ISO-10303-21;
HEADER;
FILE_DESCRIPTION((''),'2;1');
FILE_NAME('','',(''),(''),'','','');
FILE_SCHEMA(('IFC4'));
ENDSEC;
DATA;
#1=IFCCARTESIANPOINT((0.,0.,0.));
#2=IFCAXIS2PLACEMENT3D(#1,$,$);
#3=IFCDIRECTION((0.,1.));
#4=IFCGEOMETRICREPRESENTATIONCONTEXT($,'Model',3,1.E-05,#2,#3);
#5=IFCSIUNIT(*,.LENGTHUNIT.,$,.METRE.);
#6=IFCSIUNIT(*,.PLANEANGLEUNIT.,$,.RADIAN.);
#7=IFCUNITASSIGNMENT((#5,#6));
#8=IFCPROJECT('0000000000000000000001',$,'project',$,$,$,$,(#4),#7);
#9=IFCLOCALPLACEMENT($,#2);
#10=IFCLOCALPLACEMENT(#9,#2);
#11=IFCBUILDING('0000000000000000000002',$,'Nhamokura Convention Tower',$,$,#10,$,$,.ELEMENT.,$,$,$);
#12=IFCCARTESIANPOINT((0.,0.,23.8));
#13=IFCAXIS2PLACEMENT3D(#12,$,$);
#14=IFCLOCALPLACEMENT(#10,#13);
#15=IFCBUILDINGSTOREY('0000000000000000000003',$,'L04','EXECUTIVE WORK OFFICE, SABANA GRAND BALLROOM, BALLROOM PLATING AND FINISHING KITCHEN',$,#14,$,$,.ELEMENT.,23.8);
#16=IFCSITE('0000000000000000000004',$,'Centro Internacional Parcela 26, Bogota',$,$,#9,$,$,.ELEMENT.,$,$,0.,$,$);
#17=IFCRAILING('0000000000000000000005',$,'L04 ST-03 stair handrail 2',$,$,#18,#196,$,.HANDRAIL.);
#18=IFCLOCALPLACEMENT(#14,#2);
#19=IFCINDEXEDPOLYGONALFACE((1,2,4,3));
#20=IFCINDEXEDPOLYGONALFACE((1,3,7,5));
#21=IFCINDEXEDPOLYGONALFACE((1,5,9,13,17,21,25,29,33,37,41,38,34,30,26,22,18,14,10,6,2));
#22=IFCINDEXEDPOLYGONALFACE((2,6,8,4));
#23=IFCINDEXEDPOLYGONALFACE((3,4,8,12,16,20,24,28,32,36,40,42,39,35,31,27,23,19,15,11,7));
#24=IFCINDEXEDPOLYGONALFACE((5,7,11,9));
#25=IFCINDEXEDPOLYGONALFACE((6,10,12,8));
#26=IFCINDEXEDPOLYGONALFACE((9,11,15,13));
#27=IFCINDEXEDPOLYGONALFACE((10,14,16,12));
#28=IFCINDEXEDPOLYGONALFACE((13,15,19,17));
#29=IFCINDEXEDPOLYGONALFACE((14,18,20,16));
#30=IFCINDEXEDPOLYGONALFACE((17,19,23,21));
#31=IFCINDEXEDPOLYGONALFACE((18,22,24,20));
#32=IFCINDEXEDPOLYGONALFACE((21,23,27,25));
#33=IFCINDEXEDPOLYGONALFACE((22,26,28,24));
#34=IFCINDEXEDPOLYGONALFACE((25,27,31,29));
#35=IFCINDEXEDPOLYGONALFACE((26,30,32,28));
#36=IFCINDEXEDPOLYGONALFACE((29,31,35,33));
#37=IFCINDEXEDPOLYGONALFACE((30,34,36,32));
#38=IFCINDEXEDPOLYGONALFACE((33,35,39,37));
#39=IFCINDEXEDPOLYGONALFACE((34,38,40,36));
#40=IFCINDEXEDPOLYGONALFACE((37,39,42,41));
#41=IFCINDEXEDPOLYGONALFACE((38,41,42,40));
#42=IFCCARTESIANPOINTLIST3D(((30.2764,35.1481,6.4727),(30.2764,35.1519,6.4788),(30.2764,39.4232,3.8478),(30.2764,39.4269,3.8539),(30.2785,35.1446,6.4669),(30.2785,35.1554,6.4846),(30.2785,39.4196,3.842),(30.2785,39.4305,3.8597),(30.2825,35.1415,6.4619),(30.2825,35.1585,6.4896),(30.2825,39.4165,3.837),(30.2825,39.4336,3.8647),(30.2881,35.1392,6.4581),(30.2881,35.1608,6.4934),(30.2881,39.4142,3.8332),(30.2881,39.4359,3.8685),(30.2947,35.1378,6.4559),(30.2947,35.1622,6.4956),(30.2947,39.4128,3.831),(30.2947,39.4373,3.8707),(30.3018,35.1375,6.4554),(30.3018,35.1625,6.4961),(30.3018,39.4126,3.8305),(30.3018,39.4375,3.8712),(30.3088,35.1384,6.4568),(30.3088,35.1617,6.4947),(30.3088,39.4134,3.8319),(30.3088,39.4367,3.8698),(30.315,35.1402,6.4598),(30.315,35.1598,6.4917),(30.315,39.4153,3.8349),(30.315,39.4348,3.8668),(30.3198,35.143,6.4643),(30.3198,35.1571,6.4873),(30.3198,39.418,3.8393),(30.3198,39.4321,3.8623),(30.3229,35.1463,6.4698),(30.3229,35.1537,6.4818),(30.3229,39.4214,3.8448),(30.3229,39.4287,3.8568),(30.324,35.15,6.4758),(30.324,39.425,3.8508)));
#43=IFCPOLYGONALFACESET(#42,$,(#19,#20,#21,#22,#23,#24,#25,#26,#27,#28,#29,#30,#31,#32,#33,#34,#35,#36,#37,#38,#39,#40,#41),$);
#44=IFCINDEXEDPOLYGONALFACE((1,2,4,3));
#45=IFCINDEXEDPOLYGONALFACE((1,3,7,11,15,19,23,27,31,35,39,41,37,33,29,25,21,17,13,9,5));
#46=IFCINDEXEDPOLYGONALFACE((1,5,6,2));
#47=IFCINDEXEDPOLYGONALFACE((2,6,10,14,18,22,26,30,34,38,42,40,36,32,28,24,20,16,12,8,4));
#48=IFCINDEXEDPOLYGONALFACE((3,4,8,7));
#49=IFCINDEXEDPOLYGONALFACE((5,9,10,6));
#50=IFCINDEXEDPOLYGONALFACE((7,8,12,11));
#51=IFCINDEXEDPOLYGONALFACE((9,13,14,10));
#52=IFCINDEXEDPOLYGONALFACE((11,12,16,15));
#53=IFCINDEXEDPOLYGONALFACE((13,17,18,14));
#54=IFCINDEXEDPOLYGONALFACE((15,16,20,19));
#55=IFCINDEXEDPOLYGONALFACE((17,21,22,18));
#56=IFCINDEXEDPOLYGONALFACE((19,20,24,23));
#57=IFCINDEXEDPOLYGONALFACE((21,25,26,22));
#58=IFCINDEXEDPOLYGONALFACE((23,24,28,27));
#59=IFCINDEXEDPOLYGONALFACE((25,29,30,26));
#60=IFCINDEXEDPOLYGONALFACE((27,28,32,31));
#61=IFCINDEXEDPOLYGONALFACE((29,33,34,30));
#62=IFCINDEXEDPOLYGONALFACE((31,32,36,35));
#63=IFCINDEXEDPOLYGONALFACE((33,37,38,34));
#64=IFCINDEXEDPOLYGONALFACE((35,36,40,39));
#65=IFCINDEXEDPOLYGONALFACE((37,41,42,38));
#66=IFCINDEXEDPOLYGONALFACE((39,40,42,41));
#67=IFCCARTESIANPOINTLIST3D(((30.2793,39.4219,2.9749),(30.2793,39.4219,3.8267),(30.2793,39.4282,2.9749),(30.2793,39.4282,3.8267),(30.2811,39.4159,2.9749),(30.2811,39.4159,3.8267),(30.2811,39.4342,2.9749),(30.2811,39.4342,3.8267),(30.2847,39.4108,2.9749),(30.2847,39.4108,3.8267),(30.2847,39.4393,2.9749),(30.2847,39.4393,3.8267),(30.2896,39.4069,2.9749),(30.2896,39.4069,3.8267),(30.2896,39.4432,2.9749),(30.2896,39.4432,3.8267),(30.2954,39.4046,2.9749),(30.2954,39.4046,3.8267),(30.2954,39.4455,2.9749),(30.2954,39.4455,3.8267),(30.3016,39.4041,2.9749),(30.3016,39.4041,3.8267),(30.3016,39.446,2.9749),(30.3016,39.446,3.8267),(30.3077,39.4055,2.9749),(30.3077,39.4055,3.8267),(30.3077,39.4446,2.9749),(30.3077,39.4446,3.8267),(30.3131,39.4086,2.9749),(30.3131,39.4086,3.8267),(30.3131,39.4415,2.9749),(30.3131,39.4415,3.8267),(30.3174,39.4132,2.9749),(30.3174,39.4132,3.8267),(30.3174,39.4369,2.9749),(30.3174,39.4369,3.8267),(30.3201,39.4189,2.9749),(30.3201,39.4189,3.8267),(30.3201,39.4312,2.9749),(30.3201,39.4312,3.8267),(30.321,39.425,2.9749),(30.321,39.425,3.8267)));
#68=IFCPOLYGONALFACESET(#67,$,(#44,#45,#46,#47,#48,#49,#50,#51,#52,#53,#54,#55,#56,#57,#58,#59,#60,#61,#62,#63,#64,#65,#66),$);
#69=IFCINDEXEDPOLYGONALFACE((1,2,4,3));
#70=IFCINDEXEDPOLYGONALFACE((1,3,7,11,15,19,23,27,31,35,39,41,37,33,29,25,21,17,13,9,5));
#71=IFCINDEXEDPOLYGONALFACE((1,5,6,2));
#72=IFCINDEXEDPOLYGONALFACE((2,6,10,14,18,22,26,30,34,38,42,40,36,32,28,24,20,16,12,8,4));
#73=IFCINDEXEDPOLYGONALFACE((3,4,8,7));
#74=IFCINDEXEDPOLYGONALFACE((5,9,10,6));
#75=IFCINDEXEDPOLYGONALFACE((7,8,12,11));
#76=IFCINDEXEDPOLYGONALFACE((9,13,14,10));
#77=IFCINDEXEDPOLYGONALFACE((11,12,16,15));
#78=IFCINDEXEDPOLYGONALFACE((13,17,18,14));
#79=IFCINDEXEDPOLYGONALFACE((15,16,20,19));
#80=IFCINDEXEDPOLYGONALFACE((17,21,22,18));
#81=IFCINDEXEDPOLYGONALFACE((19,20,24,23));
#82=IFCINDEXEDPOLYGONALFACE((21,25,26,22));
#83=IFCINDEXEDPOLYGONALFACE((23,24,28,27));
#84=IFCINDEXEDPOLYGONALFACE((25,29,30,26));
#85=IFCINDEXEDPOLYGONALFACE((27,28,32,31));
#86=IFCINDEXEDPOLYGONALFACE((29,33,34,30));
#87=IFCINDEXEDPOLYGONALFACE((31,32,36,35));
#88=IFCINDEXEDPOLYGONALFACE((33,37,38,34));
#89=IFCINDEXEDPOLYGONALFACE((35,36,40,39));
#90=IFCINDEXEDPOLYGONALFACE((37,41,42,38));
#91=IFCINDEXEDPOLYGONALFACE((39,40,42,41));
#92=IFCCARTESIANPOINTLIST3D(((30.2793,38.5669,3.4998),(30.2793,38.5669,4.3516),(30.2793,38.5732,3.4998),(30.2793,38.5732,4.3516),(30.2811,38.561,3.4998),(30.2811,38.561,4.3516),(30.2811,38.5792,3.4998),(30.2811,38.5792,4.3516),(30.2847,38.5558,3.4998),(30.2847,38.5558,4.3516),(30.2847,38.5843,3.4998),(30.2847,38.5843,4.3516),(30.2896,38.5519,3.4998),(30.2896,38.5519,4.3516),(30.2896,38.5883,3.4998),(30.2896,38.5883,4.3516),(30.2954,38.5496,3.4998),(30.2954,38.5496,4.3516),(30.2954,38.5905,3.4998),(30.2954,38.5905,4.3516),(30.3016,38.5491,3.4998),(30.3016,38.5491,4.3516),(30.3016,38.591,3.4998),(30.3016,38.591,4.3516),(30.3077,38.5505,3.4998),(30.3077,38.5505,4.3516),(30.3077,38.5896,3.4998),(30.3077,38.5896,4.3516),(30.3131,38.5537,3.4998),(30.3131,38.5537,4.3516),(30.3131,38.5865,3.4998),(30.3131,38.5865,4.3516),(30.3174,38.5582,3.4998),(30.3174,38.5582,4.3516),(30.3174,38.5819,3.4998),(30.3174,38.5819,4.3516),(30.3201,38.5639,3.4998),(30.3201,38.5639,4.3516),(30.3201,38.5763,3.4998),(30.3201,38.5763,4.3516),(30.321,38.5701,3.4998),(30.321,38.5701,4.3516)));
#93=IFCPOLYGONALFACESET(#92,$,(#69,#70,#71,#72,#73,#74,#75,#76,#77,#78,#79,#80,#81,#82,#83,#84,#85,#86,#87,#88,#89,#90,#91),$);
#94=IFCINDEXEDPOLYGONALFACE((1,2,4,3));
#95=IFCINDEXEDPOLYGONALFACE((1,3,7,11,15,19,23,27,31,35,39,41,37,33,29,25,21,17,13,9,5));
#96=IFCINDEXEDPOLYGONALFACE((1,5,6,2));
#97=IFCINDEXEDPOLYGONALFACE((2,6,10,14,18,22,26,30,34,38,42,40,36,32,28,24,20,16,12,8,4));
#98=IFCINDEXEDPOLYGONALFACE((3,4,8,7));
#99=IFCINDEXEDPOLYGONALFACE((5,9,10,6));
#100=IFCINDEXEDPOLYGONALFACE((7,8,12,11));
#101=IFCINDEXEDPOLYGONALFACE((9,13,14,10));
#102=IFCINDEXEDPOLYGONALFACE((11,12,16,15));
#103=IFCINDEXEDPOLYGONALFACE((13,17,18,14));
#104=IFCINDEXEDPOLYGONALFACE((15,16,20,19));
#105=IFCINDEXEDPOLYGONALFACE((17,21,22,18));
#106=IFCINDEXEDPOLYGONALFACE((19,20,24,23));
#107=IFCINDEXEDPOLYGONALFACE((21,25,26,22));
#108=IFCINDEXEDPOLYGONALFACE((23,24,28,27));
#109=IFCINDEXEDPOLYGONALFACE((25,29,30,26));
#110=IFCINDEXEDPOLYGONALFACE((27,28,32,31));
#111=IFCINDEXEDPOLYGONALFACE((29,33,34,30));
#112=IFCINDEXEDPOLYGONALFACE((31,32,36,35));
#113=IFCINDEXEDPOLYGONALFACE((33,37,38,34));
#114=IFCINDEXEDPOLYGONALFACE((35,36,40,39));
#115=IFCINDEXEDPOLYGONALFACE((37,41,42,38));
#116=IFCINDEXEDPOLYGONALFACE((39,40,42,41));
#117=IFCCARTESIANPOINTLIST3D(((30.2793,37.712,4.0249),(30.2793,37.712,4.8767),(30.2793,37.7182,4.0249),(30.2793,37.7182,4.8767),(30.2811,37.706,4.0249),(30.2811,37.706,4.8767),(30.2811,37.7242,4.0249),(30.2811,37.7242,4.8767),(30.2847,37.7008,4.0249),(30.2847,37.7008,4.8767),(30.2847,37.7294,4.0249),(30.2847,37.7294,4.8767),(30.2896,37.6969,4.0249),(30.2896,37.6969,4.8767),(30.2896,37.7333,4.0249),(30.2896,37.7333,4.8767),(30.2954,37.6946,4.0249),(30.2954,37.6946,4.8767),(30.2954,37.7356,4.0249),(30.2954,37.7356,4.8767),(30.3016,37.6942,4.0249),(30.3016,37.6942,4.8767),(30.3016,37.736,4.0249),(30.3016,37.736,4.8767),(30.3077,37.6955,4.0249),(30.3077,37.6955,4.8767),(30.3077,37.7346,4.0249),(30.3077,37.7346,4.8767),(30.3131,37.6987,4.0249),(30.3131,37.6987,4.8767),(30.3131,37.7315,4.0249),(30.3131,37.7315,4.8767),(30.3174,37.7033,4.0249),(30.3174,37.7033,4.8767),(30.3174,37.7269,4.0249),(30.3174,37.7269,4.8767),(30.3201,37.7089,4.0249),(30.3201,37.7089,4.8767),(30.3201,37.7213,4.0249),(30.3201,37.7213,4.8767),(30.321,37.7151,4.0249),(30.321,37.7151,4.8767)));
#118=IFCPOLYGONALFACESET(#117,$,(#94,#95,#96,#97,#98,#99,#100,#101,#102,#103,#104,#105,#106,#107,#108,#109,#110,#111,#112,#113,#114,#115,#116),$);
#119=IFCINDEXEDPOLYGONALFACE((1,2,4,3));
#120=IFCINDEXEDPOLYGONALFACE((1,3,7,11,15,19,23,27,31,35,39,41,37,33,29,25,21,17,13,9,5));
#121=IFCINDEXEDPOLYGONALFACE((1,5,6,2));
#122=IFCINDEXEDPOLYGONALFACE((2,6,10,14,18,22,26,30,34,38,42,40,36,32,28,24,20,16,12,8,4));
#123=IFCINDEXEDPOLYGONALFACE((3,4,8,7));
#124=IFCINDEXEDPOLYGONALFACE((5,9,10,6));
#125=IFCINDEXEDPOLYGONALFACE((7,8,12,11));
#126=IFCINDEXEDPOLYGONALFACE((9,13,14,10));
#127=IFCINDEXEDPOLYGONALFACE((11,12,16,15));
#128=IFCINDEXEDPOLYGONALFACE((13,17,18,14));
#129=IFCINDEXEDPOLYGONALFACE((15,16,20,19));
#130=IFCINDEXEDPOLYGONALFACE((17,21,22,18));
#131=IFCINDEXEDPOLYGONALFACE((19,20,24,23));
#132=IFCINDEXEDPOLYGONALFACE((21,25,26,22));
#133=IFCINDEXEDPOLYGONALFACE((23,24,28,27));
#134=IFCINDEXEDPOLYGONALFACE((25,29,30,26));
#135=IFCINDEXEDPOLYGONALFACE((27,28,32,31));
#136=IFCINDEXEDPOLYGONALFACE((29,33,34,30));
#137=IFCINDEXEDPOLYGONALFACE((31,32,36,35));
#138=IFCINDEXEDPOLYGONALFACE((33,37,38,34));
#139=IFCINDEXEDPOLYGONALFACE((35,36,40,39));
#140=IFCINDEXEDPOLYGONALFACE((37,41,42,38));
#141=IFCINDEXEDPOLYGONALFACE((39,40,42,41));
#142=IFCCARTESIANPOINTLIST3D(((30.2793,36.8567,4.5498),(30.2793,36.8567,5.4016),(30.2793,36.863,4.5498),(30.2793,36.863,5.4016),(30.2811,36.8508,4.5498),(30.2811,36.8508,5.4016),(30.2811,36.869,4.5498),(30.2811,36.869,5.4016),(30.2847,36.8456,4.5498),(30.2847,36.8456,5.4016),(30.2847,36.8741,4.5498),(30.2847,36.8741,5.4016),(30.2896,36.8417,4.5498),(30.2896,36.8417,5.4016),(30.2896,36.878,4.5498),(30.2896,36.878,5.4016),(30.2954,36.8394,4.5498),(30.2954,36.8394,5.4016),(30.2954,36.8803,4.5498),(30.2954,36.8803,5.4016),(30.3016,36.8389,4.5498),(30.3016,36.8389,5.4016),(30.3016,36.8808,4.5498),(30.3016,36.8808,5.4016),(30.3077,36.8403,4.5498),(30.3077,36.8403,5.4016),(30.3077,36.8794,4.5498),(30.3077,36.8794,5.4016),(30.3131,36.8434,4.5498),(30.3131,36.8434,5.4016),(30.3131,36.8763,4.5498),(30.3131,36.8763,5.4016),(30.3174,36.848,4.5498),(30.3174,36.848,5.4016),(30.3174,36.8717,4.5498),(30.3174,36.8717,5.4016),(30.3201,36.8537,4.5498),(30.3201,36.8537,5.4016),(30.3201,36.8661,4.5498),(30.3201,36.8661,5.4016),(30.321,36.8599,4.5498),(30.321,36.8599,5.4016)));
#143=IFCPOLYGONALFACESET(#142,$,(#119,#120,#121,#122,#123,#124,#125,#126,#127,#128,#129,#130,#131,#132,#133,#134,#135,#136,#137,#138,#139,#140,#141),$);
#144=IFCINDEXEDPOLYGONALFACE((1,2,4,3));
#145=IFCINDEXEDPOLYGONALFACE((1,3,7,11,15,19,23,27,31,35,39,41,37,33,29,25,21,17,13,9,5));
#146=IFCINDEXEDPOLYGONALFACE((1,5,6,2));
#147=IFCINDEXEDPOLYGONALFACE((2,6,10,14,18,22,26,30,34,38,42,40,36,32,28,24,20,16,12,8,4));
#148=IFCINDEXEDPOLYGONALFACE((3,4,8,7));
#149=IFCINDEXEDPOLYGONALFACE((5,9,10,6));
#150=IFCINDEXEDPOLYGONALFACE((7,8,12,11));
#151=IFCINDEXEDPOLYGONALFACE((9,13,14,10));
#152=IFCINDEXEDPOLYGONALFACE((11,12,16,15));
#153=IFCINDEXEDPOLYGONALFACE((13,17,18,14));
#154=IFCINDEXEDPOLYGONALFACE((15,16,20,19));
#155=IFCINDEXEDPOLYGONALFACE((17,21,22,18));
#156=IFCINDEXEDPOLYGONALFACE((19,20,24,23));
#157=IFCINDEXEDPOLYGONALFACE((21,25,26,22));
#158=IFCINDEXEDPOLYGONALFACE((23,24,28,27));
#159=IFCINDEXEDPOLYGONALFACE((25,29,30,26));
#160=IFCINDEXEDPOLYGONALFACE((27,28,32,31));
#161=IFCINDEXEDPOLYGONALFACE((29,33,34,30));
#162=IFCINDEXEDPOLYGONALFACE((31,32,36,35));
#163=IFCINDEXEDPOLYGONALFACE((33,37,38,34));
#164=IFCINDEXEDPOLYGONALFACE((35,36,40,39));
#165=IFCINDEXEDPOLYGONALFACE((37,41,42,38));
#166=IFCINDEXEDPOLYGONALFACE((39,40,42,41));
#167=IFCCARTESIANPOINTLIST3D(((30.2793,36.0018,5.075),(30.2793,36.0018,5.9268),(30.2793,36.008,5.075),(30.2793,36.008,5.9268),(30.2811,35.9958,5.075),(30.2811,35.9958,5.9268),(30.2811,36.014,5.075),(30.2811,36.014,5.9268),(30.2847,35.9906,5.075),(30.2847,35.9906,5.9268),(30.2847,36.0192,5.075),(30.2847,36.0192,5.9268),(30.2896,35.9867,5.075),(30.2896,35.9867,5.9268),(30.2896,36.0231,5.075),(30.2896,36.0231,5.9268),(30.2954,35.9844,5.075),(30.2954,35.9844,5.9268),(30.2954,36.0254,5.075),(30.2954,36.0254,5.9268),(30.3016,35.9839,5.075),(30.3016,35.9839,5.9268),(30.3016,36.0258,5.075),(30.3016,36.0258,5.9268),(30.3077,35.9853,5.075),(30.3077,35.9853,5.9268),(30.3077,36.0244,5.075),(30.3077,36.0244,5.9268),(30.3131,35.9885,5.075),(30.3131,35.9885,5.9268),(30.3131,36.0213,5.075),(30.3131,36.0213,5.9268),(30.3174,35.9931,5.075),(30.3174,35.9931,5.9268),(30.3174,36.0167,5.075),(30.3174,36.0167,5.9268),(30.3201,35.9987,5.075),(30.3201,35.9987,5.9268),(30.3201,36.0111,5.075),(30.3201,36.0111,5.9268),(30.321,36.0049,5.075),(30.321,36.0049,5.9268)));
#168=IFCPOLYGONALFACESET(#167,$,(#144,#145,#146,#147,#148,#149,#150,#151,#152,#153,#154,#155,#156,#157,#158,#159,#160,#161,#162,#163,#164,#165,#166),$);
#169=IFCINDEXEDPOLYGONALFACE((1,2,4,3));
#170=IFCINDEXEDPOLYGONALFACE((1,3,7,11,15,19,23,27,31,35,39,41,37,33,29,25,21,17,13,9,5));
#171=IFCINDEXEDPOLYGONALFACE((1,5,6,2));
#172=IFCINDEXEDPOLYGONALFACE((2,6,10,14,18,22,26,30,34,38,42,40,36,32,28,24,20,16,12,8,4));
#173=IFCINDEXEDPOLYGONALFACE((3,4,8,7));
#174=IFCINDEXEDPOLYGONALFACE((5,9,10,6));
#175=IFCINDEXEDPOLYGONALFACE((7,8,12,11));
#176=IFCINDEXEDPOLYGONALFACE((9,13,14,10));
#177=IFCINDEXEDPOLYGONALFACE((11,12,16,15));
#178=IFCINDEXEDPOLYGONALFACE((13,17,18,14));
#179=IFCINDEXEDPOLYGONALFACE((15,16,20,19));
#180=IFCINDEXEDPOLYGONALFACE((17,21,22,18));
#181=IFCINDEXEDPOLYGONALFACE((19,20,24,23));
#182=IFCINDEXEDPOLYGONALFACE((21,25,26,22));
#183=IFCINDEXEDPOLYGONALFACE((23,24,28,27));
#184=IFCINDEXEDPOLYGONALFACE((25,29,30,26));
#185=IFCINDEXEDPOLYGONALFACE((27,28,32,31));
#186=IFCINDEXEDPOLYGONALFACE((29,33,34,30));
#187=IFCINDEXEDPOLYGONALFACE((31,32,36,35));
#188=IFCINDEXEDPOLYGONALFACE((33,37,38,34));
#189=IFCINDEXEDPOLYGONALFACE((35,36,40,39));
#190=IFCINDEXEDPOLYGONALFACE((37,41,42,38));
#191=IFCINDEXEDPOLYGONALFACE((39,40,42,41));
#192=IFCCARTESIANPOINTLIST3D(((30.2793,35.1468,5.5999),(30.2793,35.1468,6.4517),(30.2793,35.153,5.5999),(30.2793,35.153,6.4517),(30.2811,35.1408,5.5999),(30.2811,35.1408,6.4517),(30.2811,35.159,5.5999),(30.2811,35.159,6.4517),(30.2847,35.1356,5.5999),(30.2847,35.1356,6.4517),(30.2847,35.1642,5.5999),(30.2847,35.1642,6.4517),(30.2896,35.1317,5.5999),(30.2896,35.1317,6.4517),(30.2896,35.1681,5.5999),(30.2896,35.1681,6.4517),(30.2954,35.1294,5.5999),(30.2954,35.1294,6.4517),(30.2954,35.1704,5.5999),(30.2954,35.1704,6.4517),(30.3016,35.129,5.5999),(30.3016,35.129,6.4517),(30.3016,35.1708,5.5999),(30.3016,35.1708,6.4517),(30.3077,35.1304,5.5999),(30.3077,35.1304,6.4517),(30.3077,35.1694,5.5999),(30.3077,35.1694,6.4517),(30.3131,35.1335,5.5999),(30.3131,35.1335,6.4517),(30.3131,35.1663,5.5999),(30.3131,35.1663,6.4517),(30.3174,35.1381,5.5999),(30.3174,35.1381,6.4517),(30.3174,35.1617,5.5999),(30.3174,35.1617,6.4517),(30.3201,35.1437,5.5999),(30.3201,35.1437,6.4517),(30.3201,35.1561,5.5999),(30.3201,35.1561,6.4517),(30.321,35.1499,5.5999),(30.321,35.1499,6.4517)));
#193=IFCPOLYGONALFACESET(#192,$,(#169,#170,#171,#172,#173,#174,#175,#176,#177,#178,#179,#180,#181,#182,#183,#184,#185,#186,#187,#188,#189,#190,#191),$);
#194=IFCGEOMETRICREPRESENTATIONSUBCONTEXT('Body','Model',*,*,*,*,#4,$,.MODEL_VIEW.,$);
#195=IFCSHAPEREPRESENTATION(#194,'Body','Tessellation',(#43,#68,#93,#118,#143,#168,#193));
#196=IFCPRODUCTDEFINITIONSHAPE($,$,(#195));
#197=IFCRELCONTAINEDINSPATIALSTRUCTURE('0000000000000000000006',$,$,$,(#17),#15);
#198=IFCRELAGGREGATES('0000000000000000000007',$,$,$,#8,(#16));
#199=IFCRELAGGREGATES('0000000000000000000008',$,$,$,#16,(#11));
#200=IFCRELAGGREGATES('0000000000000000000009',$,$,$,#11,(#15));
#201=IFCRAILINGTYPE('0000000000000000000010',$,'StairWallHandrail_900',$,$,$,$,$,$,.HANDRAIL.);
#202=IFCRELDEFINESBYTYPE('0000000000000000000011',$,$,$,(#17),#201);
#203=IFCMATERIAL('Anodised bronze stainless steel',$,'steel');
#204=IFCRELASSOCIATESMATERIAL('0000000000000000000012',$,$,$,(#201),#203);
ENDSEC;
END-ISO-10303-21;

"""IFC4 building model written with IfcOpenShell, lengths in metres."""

from ifc_helpers import new_model, si_unit, direction, frame, origin, origin_2d, place, context, subcontext, project, spatial, circle, extrude, material, type_object, element, save


model = new_model("IFC4")

# Units and contexts
model_context = context("Model", 3, precision=1e-05, world=origin(), true_north=direction((0.0, 1.0)))
body_context = subcontext(model_context, "Body", "Model", "MODEL_VIEW")
ifc_project = project(units=[si_unit("LENGTHUNIT", "METRE"), si_unit("PLANEANGLEUNIT", "RADIAN")], contexts=[model_context])

# Site, building, storey
site_placement = place(None, origin())
site = spatial("IfcSite", under=ifc_project, at=site_placement, Name="Centro Internacional Parcela 26, Bogota", CompositionType="ELEMENT", RefElevation=0.0)
building_placement = place(site_placement, origin())
building = spatial("IfcBuilding", under=site, at=building_placement, Name="Nhamokura Convention Tower", CompositionType="ELEMENT")
storey_placement = place(building_placement, frame((0.0, 0.0, 23.8)))
storey = spatial("IfcBuildingStorey", under=building, at=storey_placement, Name="L04", Description="EXECUTIVE WORK OFFICE, SABANA GRAND BALLROOM, BALLROOM PLATING AND FINISHING KITCHEN", CompositionType="ELEMENT", Elevation=23.8)

# Railing
ifc_material_1 = material(Name="Anodised bronze stainless steel", Category="steel")
railing_type_1 = type_object("IfcRailingType", Name="StairWallHandrail_900", PredefinedType="HANDRAIL", material=ifc_material_1)
railing_1_placement = place(storey_placement, frame((30.3, 39.425, 2.9749)))
element("IfcRailing", 1, at=railing_1_placement, inside=storey, type_object=railing_type_1, Name="L04 ST-03 stair handrail 2", PredefinedType="HANDRAIL", context=body_context, shape_type="SweptSolid", body=[
    extrude(circle(Radius=0.0239, at=origin_2d()), frame((0.0, 0.0, 0.876), z_axis=(0.0, -0.852179, 0.52325), x_axis=(1.0, 0.0, 0.0)), (0.0, 0.0, 1.0), 5.0166),
    extrude(circle(Radius=0.021, at=origin_2d()), origin(), (0.0, 0.0, 1.0), 0.8518),
    extrude(circle(Radius=0.021, at=origin_2d()), frame((0.0, -0.855, 0.5249)), (0.0, 0.0, 1.0), 0.8518),
    extrude(circle(Radius=0.021, at=origin_2d()), frame((0.0, -1.71, 1.05)), (0.0, 0.0, 1.0), 0.8518),
    extrude(circle(Radius=0.021, at=origin_2d()), frame((0.0, -2.5652, 1.575)), (0.0, 0.0, 1.0), 0.8518),
    extrude(circle(Radius=0.021, at=origin_2d()), frame((0.0, -3.4202, 2.1001)), (0.0, 0.0, 1.0), 0.8518),
    extrude(circle(Radius=0.021, at=origin_2d()), frame((0.0, -4.2751, 2.625)), (0.0, 0.0, 1.0), 0.8518),
])

save(model, "model.ifc")
